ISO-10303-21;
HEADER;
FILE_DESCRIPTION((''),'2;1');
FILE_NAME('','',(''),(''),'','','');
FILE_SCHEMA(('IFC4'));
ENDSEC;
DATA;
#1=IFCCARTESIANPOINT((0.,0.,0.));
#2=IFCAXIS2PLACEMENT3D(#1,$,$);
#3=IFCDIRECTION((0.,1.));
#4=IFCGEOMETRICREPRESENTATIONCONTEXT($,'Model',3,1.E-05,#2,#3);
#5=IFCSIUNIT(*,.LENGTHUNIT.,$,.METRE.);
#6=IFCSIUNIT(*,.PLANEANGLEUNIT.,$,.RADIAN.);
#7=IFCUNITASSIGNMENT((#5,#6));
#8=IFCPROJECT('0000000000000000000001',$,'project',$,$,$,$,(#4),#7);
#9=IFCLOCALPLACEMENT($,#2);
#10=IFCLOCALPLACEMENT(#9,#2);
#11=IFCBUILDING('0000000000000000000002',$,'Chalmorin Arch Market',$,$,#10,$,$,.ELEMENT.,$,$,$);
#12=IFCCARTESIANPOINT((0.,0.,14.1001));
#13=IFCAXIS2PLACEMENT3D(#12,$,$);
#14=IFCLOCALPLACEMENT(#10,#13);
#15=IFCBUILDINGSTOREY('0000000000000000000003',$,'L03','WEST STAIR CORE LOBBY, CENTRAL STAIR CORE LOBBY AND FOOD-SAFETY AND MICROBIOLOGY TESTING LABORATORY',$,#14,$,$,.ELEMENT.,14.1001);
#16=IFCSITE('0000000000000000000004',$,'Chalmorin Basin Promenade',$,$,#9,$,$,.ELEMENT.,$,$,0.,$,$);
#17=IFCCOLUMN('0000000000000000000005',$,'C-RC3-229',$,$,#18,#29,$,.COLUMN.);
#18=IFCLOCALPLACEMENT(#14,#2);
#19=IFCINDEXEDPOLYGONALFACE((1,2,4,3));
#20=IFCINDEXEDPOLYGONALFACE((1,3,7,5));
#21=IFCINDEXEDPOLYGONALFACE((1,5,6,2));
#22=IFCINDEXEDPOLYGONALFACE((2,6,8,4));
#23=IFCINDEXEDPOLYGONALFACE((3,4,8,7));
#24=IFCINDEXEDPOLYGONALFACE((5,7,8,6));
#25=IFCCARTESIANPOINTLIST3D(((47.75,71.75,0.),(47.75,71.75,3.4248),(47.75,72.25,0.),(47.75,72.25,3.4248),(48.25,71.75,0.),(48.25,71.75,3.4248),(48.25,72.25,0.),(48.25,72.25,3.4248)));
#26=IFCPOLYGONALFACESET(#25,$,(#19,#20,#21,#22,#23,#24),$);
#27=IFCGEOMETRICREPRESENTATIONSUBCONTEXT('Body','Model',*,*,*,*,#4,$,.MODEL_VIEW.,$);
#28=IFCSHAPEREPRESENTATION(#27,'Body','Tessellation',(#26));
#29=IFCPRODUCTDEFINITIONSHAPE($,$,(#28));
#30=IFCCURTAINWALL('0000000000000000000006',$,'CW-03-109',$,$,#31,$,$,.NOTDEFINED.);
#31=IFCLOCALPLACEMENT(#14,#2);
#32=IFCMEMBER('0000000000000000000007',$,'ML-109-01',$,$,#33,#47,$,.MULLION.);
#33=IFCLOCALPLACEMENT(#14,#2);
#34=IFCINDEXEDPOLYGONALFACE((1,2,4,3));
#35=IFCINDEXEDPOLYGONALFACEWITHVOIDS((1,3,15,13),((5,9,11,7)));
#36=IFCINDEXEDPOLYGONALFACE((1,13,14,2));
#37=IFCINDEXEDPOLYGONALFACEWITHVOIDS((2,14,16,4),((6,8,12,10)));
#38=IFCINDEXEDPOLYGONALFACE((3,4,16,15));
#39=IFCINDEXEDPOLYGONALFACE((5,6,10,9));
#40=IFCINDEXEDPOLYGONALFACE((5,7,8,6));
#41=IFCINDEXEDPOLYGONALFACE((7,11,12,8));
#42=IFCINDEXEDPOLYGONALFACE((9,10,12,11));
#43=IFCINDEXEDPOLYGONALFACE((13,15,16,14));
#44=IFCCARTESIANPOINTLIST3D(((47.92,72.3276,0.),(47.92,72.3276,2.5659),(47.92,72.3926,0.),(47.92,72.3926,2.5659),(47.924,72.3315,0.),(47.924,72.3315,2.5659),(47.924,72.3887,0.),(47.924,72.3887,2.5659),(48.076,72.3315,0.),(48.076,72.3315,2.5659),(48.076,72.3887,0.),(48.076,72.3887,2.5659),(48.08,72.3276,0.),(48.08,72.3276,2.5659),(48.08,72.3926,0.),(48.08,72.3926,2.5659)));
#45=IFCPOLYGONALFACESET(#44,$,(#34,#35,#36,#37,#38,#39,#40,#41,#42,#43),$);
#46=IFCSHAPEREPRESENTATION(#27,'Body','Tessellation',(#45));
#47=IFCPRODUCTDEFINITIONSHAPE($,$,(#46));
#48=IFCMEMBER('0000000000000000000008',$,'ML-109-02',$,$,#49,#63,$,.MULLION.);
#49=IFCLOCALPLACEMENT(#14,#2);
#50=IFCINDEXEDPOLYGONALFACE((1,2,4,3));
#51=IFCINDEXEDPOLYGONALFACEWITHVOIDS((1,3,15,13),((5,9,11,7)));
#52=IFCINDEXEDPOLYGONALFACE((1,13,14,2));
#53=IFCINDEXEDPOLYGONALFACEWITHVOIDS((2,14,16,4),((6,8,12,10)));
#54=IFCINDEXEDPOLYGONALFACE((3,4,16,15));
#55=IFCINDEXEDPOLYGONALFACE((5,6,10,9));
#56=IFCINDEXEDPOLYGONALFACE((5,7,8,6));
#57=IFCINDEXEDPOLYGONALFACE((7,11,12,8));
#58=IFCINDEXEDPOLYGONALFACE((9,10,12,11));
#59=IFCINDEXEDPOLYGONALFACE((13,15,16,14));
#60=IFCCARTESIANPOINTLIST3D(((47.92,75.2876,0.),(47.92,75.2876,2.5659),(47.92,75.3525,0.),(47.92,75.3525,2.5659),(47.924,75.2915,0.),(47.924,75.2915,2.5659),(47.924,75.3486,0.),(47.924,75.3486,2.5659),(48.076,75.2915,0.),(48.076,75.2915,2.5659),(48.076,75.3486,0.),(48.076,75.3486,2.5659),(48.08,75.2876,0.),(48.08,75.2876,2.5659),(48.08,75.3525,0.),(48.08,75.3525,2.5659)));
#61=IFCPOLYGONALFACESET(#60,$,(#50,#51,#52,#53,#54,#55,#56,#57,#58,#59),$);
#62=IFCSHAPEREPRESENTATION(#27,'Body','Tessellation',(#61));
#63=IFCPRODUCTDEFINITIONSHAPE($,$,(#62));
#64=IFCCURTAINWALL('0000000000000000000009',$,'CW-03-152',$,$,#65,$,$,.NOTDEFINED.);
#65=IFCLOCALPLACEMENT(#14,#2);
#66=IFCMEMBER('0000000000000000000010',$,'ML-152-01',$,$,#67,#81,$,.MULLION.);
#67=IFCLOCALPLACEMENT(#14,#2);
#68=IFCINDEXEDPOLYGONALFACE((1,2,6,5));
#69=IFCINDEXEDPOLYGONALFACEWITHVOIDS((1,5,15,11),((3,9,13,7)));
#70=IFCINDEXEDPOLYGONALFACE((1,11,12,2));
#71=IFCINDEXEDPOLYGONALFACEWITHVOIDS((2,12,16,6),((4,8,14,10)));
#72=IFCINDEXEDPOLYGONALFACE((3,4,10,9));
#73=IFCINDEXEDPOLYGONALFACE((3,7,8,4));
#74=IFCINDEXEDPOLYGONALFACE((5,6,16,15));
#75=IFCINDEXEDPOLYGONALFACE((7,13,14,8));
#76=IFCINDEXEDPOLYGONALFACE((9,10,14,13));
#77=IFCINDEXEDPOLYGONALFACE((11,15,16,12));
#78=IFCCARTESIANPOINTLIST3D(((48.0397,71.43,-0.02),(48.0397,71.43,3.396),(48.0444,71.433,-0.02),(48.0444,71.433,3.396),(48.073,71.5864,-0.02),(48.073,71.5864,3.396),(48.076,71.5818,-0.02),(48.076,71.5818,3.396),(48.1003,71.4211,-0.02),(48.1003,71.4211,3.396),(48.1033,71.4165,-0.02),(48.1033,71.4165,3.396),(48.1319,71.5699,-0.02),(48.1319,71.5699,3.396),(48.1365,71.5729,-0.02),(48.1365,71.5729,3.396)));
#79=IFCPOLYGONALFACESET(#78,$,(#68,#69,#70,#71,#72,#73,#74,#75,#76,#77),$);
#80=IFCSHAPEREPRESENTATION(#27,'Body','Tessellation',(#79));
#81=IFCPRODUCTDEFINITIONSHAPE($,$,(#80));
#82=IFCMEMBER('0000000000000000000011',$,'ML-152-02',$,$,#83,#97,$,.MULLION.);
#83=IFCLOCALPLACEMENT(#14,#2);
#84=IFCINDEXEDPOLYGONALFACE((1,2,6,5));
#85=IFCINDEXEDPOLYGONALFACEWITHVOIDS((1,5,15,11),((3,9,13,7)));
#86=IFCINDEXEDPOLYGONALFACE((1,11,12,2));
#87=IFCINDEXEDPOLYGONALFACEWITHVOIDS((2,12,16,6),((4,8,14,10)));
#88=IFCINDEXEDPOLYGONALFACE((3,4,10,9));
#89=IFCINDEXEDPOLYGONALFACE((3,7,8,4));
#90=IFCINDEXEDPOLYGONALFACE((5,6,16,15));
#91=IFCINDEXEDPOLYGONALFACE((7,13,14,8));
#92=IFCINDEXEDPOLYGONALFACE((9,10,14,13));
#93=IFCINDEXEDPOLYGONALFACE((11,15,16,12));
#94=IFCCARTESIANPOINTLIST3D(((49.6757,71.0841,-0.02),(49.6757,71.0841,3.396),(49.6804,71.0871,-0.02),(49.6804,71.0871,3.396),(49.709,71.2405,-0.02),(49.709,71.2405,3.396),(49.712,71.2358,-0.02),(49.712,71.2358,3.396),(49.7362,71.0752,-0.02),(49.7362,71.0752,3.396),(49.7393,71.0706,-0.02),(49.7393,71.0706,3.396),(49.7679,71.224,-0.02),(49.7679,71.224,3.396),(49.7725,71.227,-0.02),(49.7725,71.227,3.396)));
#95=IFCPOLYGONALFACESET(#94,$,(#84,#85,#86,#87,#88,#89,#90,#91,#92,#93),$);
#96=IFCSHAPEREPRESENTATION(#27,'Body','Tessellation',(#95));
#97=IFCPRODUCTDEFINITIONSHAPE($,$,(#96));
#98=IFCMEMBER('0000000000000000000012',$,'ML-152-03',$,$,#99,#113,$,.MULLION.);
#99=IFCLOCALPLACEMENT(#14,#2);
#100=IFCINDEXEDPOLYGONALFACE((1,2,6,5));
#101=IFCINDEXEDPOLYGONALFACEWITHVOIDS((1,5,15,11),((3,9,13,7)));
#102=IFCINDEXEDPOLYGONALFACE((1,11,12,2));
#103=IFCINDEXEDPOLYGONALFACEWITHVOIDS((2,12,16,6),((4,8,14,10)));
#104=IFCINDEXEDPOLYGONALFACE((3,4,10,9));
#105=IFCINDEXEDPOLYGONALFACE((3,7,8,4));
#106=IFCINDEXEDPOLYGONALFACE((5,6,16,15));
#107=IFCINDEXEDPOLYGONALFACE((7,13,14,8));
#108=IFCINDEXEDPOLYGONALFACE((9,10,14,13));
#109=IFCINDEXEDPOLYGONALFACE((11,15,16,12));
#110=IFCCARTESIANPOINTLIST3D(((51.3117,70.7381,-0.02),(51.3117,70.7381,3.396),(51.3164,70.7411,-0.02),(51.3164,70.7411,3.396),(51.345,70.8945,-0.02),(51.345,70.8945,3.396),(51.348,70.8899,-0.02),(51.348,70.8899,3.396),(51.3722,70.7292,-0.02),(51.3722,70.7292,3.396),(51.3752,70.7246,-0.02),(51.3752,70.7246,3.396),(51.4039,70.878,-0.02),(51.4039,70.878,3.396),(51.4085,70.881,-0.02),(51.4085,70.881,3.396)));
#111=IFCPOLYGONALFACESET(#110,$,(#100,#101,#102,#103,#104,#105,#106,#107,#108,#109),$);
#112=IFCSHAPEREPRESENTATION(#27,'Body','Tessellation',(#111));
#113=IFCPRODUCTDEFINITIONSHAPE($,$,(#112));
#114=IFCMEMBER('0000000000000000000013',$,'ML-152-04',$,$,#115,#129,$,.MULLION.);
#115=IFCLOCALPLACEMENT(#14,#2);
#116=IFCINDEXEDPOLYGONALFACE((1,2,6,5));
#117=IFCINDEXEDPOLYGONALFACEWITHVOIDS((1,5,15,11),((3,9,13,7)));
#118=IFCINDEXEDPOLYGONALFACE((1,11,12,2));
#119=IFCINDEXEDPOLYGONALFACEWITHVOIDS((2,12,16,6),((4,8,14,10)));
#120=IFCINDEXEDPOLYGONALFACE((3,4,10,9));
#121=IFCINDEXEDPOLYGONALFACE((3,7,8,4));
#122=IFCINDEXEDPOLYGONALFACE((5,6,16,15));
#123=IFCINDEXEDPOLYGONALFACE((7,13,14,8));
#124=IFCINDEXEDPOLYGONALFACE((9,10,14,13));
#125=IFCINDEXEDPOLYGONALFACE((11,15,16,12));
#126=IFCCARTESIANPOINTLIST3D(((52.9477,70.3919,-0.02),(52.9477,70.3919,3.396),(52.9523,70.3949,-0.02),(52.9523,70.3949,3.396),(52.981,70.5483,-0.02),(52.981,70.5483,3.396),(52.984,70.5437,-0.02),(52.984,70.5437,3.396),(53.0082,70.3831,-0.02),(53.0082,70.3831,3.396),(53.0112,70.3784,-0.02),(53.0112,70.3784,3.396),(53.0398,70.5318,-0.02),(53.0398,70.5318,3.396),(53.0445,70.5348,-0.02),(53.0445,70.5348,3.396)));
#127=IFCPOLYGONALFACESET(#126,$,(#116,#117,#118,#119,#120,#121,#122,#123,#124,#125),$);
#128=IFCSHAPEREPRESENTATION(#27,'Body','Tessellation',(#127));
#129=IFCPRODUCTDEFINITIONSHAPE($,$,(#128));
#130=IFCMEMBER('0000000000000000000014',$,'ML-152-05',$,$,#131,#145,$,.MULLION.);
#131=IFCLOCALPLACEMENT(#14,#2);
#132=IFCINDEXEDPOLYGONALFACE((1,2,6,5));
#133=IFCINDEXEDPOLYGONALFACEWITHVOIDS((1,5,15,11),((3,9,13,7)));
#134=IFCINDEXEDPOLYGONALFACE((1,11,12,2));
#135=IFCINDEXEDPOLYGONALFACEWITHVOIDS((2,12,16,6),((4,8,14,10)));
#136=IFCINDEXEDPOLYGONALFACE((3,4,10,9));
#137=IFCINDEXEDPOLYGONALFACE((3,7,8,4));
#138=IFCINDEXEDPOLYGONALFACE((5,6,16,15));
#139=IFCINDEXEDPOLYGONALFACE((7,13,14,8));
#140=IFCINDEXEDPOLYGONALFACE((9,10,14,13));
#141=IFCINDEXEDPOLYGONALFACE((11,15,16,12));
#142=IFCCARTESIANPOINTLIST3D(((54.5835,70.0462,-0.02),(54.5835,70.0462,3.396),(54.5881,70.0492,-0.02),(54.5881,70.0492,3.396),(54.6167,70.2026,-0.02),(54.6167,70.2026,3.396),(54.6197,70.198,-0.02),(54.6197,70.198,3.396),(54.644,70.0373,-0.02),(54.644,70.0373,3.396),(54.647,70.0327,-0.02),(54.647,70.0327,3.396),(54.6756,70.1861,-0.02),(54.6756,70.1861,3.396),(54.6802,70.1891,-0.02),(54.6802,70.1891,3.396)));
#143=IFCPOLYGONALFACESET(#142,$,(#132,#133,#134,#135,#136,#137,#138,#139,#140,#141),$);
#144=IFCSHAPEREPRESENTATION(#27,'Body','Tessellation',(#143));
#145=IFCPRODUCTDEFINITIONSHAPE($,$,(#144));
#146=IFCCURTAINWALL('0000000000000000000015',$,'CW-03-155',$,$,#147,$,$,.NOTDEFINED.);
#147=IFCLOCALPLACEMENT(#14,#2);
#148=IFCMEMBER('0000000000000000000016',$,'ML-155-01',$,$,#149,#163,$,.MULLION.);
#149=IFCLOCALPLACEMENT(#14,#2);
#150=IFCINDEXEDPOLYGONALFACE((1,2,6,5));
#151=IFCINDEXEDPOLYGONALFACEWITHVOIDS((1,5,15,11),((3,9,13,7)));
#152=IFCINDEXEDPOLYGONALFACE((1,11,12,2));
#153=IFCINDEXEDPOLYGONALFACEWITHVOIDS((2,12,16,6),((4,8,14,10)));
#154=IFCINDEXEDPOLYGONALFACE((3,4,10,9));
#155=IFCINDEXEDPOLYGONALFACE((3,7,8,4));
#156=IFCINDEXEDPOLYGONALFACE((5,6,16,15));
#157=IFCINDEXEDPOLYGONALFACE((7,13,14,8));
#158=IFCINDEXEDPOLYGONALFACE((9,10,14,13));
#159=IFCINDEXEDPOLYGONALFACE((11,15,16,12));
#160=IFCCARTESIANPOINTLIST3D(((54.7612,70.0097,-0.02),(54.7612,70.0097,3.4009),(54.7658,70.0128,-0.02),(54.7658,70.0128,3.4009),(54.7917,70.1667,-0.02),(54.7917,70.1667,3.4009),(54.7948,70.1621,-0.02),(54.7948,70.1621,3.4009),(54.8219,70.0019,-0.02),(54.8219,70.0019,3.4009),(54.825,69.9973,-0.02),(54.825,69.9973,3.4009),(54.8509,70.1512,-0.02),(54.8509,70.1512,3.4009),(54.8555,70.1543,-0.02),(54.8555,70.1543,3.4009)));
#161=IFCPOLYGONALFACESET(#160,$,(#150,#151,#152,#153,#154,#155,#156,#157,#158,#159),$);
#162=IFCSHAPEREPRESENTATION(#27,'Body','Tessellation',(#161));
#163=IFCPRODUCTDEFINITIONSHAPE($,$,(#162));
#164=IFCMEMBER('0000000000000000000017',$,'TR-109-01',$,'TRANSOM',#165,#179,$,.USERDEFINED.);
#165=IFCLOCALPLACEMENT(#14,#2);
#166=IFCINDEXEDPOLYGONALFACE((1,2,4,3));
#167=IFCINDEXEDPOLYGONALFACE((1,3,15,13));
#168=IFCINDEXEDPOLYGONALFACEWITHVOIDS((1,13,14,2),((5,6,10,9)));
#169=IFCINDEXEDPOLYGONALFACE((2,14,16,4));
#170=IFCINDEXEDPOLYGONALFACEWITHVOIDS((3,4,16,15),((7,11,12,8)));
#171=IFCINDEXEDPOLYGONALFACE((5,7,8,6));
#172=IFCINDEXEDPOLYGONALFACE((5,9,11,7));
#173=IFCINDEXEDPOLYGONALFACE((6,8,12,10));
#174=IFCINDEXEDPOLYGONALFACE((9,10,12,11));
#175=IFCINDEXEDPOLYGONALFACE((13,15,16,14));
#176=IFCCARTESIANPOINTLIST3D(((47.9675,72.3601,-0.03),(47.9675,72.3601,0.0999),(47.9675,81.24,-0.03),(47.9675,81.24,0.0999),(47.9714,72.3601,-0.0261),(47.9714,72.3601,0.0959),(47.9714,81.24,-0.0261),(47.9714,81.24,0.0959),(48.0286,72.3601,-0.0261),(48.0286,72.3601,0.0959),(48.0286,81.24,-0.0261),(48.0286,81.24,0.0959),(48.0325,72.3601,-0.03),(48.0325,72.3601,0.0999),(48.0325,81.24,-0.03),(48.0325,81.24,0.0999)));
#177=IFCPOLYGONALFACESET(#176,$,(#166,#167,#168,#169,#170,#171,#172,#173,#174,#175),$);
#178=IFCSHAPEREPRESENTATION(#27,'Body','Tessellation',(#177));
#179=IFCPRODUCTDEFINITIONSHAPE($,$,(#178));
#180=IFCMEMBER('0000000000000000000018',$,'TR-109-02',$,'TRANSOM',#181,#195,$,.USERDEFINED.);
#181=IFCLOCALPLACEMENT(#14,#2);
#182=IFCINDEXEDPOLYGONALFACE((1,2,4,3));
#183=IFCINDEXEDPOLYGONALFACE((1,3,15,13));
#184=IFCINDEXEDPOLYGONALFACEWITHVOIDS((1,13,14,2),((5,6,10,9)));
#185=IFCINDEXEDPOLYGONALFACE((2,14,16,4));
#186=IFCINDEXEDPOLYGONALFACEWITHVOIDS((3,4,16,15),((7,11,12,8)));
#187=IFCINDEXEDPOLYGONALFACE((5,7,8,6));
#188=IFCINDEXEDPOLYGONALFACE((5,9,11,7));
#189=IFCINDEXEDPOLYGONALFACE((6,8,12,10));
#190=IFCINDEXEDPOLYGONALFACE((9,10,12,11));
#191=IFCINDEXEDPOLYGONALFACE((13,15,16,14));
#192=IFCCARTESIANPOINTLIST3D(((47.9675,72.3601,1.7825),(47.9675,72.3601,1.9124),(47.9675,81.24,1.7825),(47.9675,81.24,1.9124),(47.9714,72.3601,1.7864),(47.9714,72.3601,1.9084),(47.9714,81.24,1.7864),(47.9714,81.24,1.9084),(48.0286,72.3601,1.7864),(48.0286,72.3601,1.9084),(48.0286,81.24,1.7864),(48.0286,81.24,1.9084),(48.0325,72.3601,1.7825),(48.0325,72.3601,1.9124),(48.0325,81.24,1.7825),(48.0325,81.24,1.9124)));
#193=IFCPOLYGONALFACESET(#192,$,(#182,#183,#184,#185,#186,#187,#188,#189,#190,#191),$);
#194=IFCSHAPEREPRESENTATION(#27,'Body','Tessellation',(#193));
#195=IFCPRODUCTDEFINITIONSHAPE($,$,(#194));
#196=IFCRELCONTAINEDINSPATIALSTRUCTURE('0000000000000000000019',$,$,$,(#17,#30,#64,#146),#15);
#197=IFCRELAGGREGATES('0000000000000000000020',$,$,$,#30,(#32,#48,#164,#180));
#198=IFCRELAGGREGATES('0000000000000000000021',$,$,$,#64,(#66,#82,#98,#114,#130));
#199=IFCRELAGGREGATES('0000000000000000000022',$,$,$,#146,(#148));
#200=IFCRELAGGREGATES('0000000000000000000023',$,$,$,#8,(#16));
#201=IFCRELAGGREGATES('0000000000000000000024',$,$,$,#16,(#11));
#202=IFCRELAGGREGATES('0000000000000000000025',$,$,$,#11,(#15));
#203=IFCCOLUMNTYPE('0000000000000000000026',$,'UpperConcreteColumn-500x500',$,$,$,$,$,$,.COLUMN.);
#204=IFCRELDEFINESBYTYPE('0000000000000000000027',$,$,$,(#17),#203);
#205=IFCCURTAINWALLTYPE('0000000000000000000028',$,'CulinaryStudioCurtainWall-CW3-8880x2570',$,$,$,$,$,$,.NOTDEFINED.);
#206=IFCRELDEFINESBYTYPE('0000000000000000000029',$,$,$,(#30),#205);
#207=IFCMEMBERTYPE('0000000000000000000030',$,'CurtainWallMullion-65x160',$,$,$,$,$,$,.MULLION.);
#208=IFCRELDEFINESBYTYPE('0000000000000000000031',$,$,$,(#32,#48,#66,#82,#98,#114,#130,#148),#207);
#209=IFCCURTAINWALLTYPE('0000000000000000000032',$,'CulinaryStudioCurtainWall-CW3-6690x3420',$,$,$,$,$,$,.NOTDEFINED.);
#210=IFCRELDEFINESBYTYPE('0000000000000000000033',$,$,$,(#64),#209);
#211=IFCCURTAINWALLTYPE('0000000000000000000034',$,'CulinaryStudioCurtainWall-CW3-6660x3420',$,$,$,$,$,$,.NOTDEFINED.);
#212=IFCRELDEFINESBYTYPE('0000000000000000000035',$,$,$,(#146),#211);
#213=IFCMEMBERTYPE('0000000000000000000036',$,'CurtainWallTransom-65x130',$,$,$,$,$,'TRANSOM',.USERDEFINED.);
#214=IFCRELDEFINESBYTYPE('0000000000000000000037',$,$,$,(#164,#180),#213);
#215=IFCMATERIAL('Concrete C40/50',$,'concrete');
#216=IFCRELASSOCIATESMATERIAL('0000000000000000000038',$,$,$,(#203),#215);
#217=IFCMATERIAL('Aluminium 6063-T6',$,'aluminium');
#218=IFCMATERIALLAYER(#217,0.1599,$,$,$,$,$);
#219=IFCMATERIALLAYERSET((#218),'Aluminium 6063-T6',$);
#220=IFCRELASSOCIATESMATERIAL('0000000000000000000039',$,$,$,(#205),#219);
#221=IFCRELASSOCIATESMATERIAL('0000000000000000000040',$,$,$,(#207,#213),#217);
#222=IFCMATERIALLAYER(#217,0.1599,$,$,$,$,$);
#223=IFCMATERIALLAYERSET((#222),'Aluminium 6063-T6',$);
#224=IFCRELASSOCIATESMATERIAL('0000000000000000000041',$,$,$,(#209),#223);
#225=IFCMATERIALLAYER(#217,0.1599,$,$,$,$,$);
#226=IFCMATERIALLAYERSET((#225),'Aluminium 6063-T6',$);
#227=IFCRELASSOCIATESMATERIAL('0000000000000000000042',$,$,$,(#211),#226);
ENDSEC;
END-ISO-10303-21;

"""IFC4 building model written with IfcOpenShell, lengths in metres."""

from ifc_helpers import new_model, si_unit, direction, frame, origin, origin_2d, place, context, subcontext, project, spatial, rectangle, hollow_rectangle, extrude, material, layer, layer_set, material_profile, profile_set, type_object, element, aggregate, save


model = new_model("IFC4")

# Units and contexts
model_context = context("Model", 3, precision=1e-05, world=origin(), true_north=direction((0.0, 1.0)))
body_context = subcontext(model_context, "Body", "Model", "MODEL_VIEW")
ifc_project = project(units=[si_unit("LENGTHUNIT", "METRE"), si_unit("PLANEANGLEUNIT", "RADIAN")], contexts=[model_context])

# Site, building, storey
site_placement = place(None, origin())
site = spatial("IfcSite", under=ifc_project, at=site_placement, Name="Chalmorin Basin Promenade", CompositionType="ELEMENT", RefElevation=0.0)
building_placement = place(site_placement, origin())
building = spatial("IfcBuilding", under=site, at=building_placement, Name="Chalmorin Arch Market", CompositionType="ELEMENT")
storey_placement = place(building_placement, frame((0.0, 0.0, 14.1001)))
storey = spatial("IfcBuildingStorey", under=building, at=storey_placement, Name="L03", Description="WEST STAIR CORE LOBBY, CENTRAL STAIR CORE LOBBY AND FOOD-SAFETY AND MICROBIOLOGY TESTING LABORATORY", CompositionType="ELEMENT", Elevation=14.1001)

# Column
ifc_material_1 = material(Name="Concrete C40/50", Category="concrete")
ifc_material_profile_1 = material_profile(ifc_material_1, rectangle(XDim=0.5, YDim=0.5, at=origin_2d()), Name="RC500X500")
ifc_profile_set_1 = profile_set([ifc_material_profile_1], Name="Concrete C40/50")
column_type = type_object("IfcColumnType", Name="UpperConcreteColumn-500x500", PredefinedType="COLUMN", material=ifc_profile_set_1)
column_placement = place(storey_placement, frame((48.0, 72.0, 0.0), z_axis=(0.0, 0.0, 1.0), x_axis=(1.0, 0.0, 0.0)))
element("IfcColumn", 1, at=column_placement, inside=storey, type_object=column_type, Name="C-RC3-229", PredefinedType="COLUMN", context=body_context, shape_type="SweptSolid", body=[
    extrude(rectangle(XDim=0.5, YDim=0.5, at=origin_2d()), origin(), (0.0, 0.0, 1.0), 3.4248),
])

# Curtain walls, members
ifc_material_2 = material(Name="Aluminium 6063-T6", Category="aluminium")
ifc_layer_1 = layer(ifc_material_2, 0.1599)
ifc_layer_set_1 = layer_set([ifc_layer_1], Name="Aluminium 6063-T6")
curtain_wall_type_1 = type_object("IfcCurtainWallType", Name="CulinaryStudioCurtainWall-CW3-8880x2570", PredefinedType="NOTDEFINED", material=ifc_layer_set_1)
curtain_wall_1_placement = place(storey_placement, origin())
curtain_wall_1 = element("IfcCurtainWall", 2, at=curtain_wall_1_placement, inside=storey, type_object=curtain_wall_type_1, Name="CW-03-109", PredefinedType="NOTDEFINED")
ifc_material_profile_2 = material_profile(ifc_material_2, hollow_rectangle(XDim=0.0649, YDim=0.1599, WallThickness=0.0039, at=origin_2d()), Name="ALU65X160X4")
ifc_profile_set_2 = profile_set([ifc_material_profile_2], Name="Aluminium 6063-T6")
member_type_1 = type_object("IfcMemberType", Name="CurtainWallMullion-65x160", PredefinedType="MULLION", material=ifc_profile_set_2)
member_1_placement = place(storey_placement, frame((48.0, 72.3601, 0.0), z_axis=(0.0, 0.0, 1.0), x_axis=(0.0, 1.0, 0.0)))
member_1 = element("IfcMember", 3, at=member_1_placement, type_object=member_type_1, Name="ML-109-01", PredefinedType="MULLION", context=body_context, shape_type="SweptSolid", body=[
    extrude(hollow_rectangle(XDim=0.0649, YDim=0.1599, WallThickness=0.0039, at=origin_2d()), origin(), (0.0, 0.0, 1.0), 2.5659),
])
member_2_placement = place(storey_placement, frame((48.0, 75.3201, 0.0), z_axis=(0.0, 0.0, 1.0), x_axis=(0.0, 1.0, 0.0)))
member_2 = element("IfcMember", 4, at=member_2_placement, type_object=member_type_1, Name="ML-109-02", PredefinedType="MULLION", context=body_context, shape_type="SweptSolid", body=[
    extrude(hollow_rectangle(XDim=0.0649, YDim=0.1599, WallThickness=0.0039, at=origin_2d()), origin(), (0.0, 0.0, 1.0), 2.5659),
])
ifc_layer_2 = layer(ifc_material_2, 0.1599)
ifc_layer_set_2 = layer_set([ifc_layer_2], Name="Aluminium 6063-T6")
curtain_wall_type_2 = type_object("IfcCurtainWallType", Name="CulinaryStudioCurtainWall-CW3-6690x3420", PredefinedType="NOTDEFINED", material=ifc_layer_set_2)
curtain_wall_2_placement = place(storey_placement, origin())
curtain_wall_2 = element("IfcCurtainWall", 5, at=curtain_wall_2_placement, inside=storey, type_object=curtain_wall_type_2, Name="CW-03-152", PredefinedType="NOTDEFINED")
member_3_placement = place(storey_placement, frame((48.0881, 71.5015, -0.02), z_axis=(0.0, 0.0, 1.0), x_axis=(0.978148, -0.207912, 0.0)))
member_3 = element("IfcMember", 6, at=member_3_placement, type_object=member_type_1, Name="ML-152-01", PredefinedType="MULLION", context=body_context, shape_type="SweptSolid", body=[
    extrude(hollow_rectangle(XDim=0.0649, YDim=0.1599, WallThickness=0.0039, at=origin_2d()), origin(), (0.0, 0.0, 1.0), 3.416),
])
member_4_placement = place(storey_placement, frame((49.7241, 71.1555, -0.02), z_axis=(0.0, 0.0, 1.0), x_axis=(0.978148, -0.207912, 0.0)))
member_4 = element("IfcMember", 7, at=member_4_placement, type_object=member_type_1, Name="ML-152-02", PredefinedType="MULLION", context=body_context, shape_type="SweptSolid", body=[
    extrude(hollow_rectangle(XDim=0.0649, YDim=0.1599, WallThickness=0.0039, at=origin_2d()), origin(), (0.0, 0.0, 1.0), 3.416),
])
member_5_placement = place(storey_placement, frame((51.3601, 70.8096, -0.02), z_axis=(0.0, 0.0, 1.0), x_axis=(0.978148, -0.207912, 0.0)))
member_5 = element("IfcMember", 8, at=member_5_placement, type_object=member_type_1, Name="ML-152-03", PredefinedType="MULLION", context=body_context, shape_type="SweptSolid", body=[
    extrude(hollow_rectangle(XDim=0.0649, YDim=0.1599, WallThickness=0.0039, at=origin_2d()), origin(), (0.0, 0.0, 1.0), 3.416),
])
member_6_placement = place(storey_placement, frame((52.9961, 70.4634, -0.02), z_axis=(0.0, 0.0, 1.0), x_axis=(0.978148, -0.207912, 0.0)))
member_6 = element("IfcMember", 9, at=member_6_placement, type_object=member_type_1, Name="ML-152-04", PredefinedType="MULLION", context=body_context, shape_type="SweptSolid", body=[
    extrude(hollow_rectangle(XDim=0.0649, YDim=0.1599, WallThickness=0.0039, at=origin_2d()), origin(), (0.0, 0.0, 1.0), 3.416),
])
member_7_placement = place(storey_placement, frame((54.6318, 70.1177, -0.02), z_axis=(0.0, 0.0, 1.0), x_axis=(0.978148, -0.207912, 0.0)))
member_7 = element("IfcMember", 10, at=member_7_placement, type_object=member_type_1, Name="ML-152-05", PredefinedType="MULLION", context=body_context, shape_type="SweptSolid", body=[
    extrude(hollow_rectangle(XDim=0.0649, YDim=0.1599, WallThickness=0.0039, at=origin_2d()), origin(), (0.0, 0.0, 1.0), 3.416),
])

# Curtain wall, member
ifc_layer_3 = layer(ifc_material_2, 0.1599)
ifc_layer_set_3 = layer_set([ifc_layer_3], Name="Aluminium 6063-T6")
curtain_wall_type_3 = type_object("IfcCurtainWallType", Name="CulinaryStudioCurtainWall-CW3-6660x3420", PredefinedType="NOTDEFINED", material=ifc_layer_set_3)
curtain_wall_3_placement = place(storey_placement, origin())
curtain_wall_3 = element("IfcCurtainWall", 11, at=curtain_wall_3_placement, inside=storey, type_object=curtain_wall_type_3, Name="CW-03-155", PredefinedType="NOTDEFINED")
member_8_placement = place(storey_placement, frame((54.8083, 70.082, -0.02), z_axis=(0.0, 0.0, 1.0), x_axis=(0.981627, -0.190809, 0.0)))
member_8 = element("IfcMember", 12, at=member_8_placement, type_object=member_type_1, Name="ML-155-01", PredefinedType="MULLION", context=body_context, shape_type="SweptSolid", body=[
    extrude(hollow_rectangle(XDim=0.0649, YDim=0.1599, WallThickness=0.0039, at=origin_2d()), origin(), (0.0, 0.0, 1.0), 3.4209),
])

# Members
ifc_material_profile_3 = material_profile(ifc_material_2, hollow_rectangle(XDim=0.0649, YDim=0.1299, WallThickness=0.0039, at=origin_2d()), Name="ALU65X130X4")
ifc_profile_set_3 = profile_set([ifc_material_profile_3], Name="Aluminium 6063-T6")
member_type_2 = type_object("IfcMemberType", Name="CurtainWallTransom-65x130", ElementType="TRANSOM", PredefinedType="USERDEFINED", material=ifc_profile_set_3)
member_9_placement = place(storey_placement, frame((48.0, 72.3601, 0.0349), z_axis=(0.0, 1.0, 0.0), x_axis=(-1.0, 0.0, 0.0)))
member_9 = element("IfcMember", 13, at=member_9_placement, type_object=member_type_2, Name="TR-109-01", ObjectType="TRANSOM", PredefinedType="USERDEFINED", context=body_context, shape_type="SweptSolid", body=[
    extrude(hollow_rectangle(XDim=0.0649, YDim=0.1299, WallThickness=0.0039, at=origin_2d()), origin(), (0.0, 0.0, 1.0), 8.8799),
])
member_10_placement = place(storey_placement, frame((48.0, 72.3601, 1.8474), z_axis=(0.0, 1.0, 0.0), x_axis=(-1.0, 0.0, 0.0)))
member_10 = element("IfcMember", 14, at=member_10_placement, type_object=member_type_2, Name="TR-109-02", ObjectType="TRANSOM", PredefinedType="USERDEFINED", context=body_context, shape_type="SweptSolid", body=[
    extrude(hollow_rectangle(XDim=0.0649, YDim=0.1299, WallThickness=0.0039, at=origin_2d()), origin(), (0.0, 0.0, 1.0), 8.8799),
])

aggregate(curtain_wall_1, [member_1, member_2, member_9, member_10])
aggregate(curtain_wall_2, [member_3, member_4, member_5, member_6, member_7])
aggregate(curtain_wall_3, [member_8])

save(model, "model.ifc")
